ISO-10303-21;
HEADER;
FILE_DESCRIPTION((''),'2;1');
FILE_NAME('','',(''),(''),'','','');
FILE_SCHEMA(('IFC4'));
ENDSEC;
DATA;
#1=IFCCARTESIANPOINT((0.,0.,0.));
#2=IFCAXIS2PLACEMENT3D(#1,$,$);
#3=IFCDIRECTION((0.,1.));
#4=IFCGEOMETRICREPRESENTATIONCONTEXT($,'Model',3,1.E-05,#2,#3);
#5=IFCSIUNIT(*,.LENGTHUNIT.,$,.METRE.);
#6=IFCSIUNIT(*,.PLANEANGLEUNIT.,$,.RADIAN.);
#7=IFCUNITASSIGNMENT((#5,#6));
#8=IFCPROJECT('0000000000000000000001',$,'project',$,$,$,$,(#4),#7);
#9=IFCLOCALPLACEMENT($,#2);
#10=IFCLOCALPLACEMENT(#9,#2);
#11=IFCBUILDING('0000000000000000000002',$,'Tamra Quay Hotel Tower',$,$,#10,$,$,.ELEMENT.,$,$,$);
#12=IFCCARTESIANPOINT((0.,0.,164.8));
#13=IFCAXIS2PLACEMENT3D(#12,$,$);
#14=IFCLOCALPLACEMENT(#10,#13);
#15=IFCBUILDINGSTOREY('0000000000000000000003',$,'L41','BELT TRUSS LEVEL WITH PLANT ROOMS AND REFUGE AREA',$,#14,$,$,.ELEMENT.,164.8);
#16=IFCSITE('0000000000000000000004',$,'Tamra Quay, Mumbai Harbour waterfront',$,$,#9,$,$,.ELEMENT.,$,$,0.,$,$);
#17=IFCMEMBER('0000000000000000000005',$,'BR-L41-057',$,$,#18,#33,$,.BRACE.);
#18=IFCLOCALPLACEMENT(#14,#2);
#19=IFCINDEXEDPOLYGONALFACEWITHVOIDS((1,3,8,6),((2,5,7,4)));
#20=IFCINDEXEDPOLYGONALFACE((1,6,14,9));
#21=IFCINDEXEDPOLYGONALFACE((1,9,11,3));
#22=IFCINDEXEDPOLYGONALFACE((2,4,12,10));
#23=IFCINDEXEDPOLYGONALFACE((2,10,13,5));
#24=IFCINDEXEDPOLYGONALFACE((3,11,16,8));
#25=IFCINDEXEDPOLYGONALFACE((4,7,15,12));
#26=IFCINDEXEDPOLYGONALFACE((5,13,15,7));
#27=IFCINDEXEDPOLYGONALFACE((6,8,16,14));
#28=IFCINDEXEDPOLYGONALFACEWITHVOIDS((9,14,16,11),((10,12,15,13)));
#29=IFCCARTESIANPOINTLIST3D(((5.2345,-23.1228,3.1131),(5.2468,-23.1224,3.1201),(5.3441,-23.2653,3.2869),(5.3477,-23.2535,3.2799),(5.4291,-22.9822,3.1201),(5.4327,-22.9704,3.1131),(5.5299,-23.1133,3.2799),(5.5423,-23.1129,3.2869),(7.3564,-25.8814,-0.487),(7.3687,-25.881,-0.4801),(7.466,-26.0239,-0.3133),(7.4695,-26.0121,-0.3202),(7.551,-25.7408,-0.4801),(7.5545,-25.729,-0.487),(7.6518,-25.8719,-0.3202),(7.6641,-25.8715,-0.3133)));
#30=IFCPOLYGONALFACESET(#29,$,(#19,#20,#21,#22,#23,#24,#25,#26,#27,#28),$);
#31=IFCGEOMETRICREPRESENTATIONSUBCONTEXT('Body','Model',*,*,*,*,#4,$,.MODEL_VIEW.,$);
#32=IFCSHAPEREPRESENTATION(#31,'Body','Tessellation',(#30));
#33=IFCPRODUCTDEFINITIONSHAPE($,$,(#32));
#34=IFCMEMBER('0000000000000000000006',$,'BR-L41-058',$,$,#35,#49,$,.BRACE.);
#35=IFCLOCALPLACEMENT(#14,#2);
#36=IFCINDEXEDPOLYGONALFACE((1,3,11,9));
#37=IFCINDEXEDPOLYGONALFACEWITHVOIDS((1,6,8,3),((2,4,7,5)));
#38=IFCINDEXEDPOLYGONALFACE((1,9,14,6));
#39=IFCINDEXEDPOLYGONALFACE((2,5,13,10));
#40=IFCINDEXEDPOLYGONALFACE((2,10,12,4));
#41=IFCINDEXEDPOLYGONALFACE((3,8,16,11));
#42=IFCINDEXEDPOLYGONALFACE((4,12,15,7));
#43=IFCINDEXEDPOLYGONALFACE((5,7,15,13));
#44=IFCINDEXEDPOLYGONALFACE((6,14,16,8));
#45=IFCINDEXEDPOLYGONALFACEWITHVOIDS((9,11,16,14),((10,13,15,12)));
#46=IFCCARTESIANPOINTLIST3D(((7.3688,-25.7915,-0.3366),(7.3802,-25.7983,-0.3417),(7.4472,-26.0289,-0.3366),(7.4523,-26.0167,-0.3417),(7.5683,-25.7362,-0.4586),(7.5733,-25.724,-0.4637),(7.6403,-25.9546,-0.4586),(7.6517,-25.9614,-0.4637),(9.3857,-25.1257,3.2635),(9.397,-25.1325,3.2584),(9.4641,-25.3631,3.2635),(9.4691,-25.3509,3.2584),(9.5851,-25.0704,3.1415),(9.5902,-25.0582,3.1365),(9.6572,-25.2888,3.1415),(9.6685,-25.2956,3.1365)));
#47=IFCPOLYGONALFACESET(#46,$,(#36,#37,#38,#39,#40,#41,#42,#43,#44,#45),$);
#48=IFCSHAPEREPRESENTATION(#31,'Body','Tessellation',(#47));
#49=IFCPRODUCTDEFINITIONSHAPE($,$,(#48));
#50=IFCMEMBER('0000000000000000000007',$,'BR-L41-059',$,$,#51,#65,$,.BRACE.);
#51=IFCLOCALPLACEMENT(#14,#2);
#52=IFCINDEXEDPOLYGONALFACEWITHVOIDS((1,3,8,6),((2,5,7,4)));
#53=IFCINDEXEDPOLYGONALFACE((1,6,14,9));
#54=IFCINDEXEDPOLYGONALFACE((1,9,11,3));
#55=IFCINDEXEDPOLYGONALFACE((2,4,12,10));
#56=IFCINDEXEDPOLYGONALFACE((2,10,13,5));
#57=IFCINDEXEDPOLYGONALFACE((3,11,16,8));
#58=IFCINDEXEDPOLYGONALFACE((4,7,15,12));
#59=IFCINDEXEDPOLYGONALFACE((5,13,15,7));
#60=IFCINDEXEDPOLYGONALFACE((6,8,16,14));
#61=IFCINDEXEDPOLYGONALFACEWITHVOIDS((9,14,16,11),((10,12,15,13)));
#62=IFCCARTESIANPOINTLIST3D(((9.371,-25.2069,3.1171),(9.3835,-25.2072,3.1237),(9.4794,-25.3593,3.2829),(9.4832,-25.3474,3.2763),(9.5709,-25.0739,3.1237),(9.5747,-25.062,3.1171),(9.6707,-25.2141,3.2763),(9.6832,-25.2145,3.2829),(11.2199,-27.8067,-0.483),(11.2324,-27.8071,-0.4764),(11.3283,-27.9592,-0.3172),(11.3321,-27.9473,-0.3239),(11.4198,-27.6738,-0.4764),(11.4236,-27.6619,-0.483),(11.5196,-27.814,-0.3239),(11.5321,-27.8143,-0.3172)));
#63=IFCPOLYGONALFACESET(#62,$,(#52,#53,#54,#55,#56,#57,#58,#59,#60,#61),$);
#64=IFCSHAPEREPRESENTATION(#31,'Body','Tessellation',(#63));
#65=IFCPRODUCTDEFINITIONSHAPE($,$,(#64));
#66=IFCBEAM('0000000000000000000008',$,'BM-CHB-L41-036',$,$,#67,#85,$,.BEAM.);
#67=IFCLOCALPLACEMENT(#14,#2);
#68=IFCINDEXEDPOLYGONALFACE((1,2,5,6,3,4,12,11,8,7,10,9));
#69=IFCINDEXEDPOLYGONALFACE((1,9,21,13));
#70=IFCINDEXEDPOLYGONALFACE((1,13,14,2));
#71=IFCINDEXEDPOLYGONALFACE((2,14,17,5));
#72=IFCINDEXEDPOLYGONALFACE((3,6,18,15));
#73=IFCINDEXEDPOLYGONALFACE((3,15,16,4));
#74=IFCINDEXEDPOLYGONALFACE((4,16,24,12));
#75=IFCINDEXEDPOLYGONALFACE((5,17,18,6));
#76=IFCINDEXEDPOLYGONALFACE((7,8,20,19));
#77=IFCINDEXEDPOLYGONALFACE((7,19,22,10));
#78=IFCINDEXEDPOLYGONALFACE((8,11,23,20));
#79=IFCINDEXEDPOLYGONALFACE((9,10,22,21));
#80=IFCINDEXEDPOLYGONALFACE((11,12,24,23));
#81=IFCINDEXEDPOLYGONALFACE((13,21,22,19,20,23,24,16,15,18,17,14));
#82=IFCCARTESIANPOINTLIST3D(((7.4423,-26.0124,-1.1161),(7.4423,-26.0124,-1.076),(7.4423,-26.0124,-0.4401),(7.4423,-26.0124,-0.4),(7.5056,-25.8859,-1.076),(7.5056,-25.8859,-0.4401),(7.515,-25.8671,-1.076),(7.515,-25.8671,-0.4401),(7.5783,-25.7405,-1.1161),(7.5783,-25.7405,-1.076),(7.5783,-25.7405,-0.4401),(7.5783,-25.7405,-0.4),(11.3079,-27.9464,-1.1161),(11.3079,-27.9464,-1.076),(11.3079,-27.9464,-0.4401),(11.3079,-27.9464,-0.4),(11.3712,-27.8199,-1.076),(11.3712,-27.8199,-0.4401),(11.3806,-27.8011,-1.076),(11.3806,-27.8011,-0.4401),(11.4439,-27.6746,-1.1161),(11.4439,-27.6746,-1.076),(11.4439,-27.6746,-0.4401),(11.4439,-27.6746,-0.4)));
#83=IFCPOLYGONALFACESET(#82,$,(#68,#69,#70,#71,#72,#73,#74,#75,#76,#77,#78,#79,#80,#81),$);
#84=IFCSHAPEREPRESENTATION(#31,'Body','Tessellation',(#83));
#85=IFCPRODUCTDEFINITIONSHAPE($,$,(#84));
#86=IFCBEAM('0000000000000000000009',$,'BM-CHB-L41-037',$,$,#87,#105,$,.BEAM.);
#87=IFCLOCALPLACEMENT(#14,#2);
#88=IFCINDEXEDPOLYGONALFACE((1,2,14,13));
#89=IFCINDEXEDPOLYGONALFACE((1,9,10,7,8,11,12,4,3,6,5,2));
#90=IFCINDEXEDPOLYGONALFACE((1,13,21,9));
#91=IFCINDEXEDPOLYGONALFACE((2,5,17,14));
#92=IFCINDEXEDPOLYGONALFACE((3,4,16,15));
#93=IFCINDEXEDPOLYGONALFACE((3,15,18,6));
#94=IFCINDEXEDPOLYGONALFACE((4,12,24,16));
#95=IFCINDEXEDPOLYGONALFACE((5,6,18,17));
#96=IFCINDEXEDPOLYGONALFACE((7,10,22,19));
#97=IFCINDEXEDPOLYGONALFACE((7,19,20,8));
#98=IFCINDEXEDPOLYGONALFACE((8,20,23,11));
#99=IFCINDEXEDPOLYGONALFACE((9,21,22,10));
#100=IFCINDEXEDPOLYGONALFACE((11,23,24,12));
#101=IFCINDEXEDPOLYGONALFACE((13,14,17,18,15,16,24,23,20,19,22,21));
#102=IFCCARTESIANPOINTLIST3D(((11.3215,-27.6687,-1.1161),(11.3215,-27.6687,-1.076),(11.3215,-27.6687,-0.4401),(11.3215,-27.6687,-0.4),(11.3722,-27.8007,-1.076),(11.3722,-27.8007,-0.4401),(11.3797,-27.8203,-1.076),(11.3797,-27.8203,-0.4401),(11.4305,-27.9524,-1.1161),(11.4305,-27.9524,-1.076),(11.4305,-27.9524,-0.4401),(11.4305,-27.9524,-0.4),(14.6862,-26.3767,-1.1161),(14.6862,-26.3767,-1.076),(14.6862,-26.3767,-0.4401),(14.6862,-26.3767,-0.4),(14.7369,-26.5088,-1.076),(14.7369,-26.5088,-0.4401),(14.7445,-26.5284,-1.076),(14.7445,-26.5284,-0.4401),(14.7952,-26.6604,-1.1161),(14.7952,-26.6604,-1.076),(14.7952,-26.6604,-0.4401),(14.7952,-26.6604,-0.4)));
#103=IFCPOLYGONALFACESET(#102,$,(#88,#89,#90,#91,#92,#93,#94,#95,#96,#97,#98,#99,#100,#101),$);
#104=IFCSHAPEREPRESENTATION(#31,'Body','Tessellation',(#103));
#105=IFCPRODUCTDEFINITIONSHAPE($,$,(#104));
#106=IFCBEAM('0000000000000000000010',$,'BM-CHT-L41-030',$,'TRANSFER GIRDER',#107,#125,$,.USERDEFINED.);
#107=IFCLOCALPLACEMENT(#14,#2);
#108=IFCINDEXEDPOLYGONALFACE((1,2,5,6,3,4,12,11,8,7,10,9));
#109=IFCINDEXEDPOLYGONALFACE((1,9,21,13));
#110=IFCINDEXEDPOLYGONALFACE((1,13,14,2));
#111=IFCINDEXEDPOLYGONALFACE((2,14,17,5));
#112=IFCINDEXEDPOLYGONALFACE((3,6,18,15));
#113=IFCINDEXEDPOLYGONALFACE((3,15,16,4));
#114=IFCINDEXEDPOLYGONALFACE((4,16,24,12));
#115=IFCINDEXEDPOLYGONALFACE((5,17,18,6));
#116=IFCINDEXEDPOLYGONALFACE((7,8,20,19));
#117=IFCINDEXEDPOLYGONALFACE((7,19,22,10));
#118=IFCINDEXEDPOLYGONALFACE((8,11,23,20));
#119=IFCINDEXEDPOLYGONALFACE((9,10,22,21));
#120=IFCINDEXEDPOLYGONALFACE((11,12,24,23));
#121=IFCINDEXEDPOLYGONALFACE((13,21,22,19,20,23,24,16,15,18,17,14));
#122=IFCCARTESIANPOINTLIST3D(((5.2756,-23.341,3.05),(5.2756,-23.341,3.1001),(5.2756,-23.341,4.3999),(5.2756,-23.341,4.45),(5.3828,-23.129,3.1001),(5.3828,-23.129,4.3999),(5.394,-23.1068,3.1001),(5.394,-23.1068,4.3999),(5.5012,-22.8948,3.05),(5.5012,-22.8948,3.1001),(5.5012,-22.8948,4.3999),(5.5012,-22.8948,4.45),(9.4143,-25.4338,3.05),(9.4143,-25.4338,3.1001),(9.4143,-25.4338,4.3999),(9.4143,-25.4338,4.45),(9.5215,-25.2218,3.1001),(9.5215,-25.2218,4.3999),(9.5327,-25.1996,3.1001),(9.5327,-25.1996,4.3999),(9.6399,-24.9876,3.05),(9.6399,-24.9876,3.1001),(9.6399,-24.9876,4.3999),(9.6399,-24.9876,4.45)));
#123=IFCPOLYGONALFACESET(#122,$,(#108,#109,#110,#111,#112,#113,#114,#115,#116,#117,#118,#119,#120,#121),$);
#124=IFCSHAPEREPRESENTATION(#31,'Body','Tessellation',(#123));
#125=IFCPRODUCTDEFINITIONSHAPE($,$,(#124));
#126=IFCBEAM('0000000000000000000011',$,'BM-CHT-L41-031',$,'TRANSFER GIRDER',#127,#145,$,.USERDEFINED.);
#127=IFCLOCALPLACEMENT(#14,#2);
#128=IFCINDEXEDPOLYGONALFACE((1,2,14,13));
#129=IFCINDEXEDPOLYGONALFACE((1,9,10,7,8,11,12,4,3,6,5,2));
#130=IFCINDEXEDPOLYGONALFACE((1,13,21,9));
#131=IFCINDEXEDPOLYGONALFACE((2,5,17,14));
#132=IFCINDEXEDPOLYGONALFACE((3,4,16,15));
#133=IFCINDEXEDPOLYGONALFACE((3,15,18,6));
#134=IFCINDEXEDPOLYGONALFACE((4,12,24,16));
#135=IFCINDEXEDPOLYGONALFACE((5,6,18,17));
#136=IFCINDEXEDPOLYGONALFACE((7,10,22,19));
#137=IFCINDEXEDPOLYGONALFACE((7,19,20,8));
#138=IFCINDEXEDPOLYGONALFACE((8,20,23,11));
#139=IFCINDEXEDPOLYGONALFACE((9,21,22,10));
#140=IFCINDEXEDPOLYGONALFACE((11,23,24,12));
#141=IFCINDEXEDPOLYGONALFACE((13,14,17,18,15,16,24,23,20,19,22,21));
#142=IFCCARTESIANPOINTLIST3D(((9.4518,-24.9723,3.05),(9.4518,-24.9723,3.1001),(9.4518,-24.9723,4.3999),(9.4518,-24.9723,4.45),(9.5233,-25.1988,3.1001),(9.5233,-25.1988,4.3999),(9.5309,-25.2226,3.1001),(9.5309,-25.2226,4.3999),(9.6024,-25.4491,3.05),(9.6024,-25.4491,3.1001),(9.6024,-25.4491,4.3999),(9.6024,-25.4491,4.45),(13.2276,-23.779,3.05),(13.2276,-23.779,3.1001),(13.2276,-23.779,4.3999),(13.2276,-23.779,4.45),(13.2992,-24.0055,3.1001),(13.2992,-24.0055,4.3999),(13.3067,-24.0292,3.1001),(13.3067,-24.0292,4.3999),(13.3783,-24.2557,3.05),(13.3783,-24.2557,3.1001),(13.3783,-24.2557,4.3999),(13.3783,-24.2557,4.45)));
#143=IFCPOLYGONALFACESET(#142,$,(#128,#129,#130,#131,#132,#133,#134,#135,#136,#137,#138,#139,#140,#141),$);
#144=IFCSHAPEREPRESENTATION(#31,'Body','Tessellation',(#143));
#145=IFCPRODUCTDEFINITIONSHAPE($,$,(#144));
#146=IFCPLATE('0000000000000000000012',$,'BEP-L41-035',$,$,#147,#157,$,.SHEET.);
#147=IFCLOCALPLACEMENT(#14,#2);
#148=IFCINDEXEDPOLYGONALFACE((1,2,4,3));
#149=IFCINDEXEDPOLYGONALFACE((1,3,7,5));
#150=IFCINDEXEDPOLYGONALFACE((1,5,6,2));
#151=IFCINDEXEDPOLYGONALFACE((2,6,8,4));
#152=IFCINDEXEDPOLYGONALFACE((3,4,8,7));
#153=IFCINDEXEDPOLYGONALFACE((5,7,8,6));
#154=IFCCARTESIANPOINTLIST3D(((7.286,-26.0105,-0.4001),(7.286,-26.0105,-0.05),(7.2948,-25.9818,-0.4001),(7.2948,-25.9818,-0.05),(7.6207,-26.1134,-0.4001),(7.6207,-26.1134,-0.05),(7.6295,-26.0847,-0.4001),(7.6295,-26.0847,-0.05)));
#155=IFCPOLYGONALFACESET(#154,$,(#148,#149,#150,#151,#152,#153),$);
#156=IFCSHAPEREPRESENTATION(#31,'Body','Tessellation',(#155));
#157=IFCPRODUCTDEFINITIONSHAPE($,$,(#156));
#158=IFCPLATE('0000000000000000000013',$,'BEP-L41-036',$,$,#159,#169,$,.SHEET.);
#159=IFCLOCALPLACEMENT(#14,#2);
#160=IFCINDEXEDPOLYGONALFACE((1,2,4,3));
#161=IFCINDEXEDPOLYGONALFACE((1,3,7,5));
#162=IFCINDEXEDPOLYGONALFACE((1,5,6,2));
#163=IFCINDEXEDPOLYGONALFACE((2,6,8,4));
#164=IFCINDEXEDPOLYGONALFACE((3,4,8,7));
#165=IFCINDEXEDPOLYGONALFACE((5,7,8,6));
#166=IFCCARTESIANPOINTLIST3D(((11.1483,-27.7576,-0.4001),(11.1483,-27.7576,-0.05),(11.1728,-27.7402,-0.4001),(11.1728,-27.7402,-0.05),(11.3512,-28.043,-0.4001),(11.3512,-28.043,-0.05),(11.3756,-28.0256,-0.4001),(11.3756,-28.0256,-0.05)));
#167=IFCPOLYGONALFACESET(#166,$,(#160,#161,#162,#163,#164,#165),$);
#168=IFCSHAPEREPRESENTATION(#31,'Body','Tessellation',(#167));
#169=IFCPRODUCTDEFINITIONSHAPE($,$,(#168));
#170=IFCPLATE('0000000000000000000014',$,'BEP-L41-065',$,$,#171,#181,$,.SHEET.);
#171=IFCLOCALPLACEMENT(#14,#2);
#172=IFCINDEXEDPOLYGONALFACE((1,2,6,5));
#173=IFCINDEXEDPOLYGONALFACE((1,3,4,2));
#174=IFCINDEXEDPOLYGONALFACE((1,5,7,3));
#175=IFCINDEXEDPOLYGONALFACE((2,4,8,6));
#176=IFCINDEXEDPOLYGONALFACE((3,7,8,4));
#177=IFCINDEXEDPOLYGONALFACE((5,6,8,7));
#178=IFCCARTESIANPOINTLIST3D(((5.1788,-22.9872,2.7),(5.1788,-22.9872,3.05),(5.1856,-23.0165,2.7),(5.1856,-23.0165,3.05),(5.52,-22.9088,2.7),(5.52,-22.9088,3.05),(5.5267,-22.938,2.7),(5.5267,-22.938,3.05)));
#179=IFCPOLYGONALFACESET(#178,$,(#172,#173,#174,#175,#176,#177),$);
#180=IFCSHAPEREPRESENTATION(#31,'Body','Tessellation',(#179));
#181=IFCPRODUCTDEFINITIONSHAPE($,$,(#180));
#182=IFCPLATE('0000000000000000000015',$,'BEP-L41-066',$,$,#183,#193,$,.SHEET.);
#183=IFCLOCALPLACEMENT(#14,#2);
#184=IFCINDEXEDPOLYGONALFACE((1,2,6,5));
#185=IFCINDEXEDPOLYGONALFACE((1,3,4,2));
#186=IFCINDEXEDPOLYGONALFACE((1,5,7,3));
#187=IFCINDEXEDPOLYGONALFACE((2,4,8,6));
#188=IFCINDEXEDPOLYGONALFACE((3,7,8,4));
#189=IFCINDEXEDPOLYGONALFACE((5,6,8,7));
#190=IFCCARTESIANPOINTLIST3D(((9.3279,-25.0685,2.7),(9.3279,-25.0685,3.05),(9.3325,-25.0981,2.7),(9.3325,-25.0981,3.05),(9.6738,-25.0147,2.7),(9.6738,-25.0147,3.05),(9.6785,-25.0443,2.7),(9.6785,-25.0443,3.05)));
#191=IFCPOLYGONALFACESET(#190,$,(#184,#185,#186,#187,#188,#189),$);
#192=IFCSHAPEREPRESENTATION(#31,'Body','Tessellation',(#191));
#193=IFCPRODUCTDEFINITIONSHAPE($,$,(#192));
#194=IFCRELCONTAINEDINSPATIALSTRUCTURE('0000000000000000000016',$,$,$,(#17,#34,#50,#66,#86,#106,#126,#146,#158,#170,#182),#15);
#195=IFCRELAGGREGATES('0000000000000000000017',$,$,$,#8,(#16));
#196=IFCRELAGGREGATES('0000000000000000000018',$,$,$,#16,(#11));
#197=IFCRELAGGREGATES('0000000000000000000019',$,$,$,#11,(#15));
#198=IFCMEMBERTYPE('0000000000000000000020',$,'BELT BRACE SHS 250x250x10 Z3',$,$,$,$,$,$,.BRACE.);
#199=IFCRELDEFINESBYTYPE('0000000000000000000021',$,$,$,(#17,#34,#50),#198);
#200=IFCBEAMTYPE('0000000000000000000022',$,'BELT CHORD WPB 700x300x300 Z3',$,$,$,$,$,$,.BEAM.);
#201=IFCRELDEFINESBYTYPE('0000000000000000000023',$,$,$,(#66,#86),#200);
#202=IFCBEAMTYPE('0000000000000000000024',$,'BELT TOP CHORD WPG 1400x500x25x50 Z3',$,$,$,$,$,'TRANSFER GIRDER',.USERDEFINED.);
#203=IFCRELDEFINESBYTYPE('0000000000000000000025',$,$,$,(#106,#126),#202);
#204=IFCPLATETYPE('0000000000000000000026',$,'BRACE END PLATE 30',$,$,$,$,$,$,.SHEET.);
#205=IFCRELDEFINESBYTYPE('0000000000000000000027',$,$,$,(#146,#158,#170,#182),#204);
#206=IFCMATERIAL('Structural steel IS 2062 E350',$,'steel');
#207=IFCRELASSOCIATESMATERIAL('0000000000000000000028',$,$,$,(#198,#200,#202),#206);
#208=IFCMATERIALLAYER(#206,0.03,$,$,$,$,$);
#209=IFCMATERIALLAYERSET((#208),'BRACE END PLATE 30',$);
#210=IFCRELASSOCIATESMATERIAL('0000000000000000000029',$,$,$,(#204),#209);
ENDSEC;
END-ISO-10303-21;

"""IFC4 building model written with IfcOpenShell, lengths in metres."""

from ifc_helpers import new_model, si_unit, direction, frame, origin, origin_2d, place, context, subcontext, project, spatial, rectangle, hollow_rectangle, i_section, extrude, material, layer, layer_set, material_profile, profile_set, type_object, element, save


model = new_model("IFC4")

# Units and contexts
model_context = context("Model", 3, precision=1e-05, world=origin(), true_north=direction((0.0, 1.0)))
body_context = subcontext(model_context, "Body", "Model", "MODEL_VIEW")
ifc_project = project(units=[si_unit("LENGTHUNIT", "METRE"), si_unit("PLANEANGLEUNIT", "RADIAN")], contexts=[model_context])

# Site, building, storey
site_placement = place(None, origin())
site = spatial("IfcSite", under=ifc_project, at=site_placement, Name="Tamra Quay, Mumbai Harbour waterfront", CompositionType="ELEMENT", RefElevation=0.0)
building_placement = place(site_placement, origin())
building = spatial("IfcBuilding", under=site, at=building_placement, Name="Tamra Quay Hotel Tower", CompositionType="ELEMENT")
storey_placement = place(building_placement, frame((0.0, 0.0, 164.8)))
storey = spatial("IfcBuildingStorey", under=building, at=storey_placement, Name="L41", Description="BELT TRUSS LEVEL WITH PLANT ROOMS AND REFUGE AREA", CompositionType="ELEMENT", Elevation=164.8)

# Members
ifc_material_1 = material(Name="Structural steel IS 2062 E350", Category="steel")
ifc_material_profile_1 = material_profile(ifc_material_1, hollow_rectangle(XDim=0.25, YDim=0.25, WallThickness=0.01, at=origin_2d()), Name="SHS 250x250x10")
ifc_profile_set_1 = profile_set([ifc_material_profile_1], Name="Structural steel IS 2062 E350")
member_type = type_object("IfcMemberType", Name="BELT BRACE SHS 250x250x10 Z3", PredefinedType="BRACE", material=ifc_profile_set_1)
member_1_placement = place(storey_placement, frame((7.5103, -25.8765, -0.4001), z_axis=(-0.423752, 0.550912, 0.718979), x_axis=(-0.792642, -0.609687, 0.0)))
element("IfcMember", 1, at=member_1_placement, inside=storey, type_object=member_type, Name="BR-L41-057", PredefinedType="BRACE", context=body_context, shape_type="SweptSolid", body=[
    extrude(hollow_rectangle(XDim=0.25, YDim=0.25, WallThickness=0.01, at=origin_2d()), origin(), (0.0, 0.0, 1.0), 5.0073),
])
member_2_placement = place(storey_placement, frame((7.5103, -25.8765, -0.4001), z_axis=(0.48251, 0.159279, 0.861287), x_axis=(-0.313468, 0.949599, 0.0)))
element("IfcMember", 2, at=member_2_placement, inside=storey, type_object=member_type, Name="BR-L41-058", PredefinedType="BRACE", context=body_context, shape_type="SweptSolid", body=[
    extrude(hollow_rectangle(XDim=0.25, YDim=0.25, WallThickness=0.01, at=origin_2d()), origin(), (0.0, 0.0, 1.0), 4.1799),
])
member_3_placement = place(storey_placement, frame((11.376, -27.8105, -0.4001), z_axis=(-0.384364, 0.540485, 0.748426), x_axis=(-0.814942, -0.579543, 0.0)))
element("IfcMember", 3, at=member_3_placement, inside=storey, type_object=member_type, Name="BR-L41-059", PredefinedType="BRACE", context=body_context, shape_type="SweptSolid", body=[
    extrude(hollow_rectangle(XDim=0.25, YDim=0.25, WallThickness=0.01, at=origin_2d()), origin(), (0.0, 0.0, 1.0), 4.8103),
])

# Beams
ifc_material_profile_2 = material_profile(ifc_material_1, i_section(OverallWidth=0.304, OverallDepth=0.7161, WebThickness=0.021, FlangeThickness=0.04, at=origin_2d()), Name="WPB 700x300x300")
ifc_profile_set_2 = profile_set([ifc_material_profile_2], Name="Structural steel IS 2062 E350")
beam_type_1 = type_object("IfcBeamType", Name="BELT CHORD WPB 700x300x300 Z3", PredefinedType="BEAM", material=ifc_profile_set_2)
beam_1_placement = place(storey_placement, frame((7.5103, -25.8765, -0.7581), z_axis=(0.894314, -0.44744, 0.0), x_axis=(0.44744, 0.894314, 0.0)))
element("IfcBeam", 4, at=beam_1_placement, inside=storey, type_object=beam_type_1, Name="BM-CHB-L41-036", PredefinedType="BEAM", context=body_context, shape_type="SweptSolid", body=[
    extrude(i_section(OverallWidth=0.304, OverallDepth=0.7161, WebThickness=0.021, FlangeThickness=0.04, at=origin_2d()), origin(), (0.0, 0.0, 1.0), 4.3225),
])
beam_2_placement = place(storey_placement, frame((11.376, -27.8105, -0.7581), z_axis=(0.933544, 0.358462, 0.0), x_axis=(-0.358462, 0.933544, 0.0)))
element("IfcBeam", 5, at=beam_2_placement, inside=storey, type_object=beam_type_1, Name="BM-CHB-L41-037", PredefinedType="BEAM", context=body_context, shape_type="SweptSolid", body=[
    extrude(i_section(OverallWidth=0.304, OverallDepth=0.7161, WebThickness=0.021, FlangeThickness=0.04, at=origin_2d()), origin(), (0.0, 0.0, 1.0), 3.6042),
])
ifc_material_profile_3 = material_profile(ifc_material_1, i_section(OverallWidth=0.5, OverallDepth=1.3999, WebThickness=0.0249, FlangeThickness=0.05, at=origin_2d()), Name="WPG 1400x500x25x50")
ifc_profile_set_3 = profile_set([ifc_material_profile_3], Name="Structural steel IS 2062 E350")
beam_type_2 = type_object("IfcBeamType", Name="BELT TOP CHORD WPG 1400x500x25x50 Z3", ElementType="TRANSFER GIRDER", PredefinedType="USERDEFINED", material=ifc_profile_set_3)
beam_3_placement = place(storey_placement, frame((5.3884, -23.1179, 3.75), z_axis=(0.892397, -0.451252, 0.0), x_axis=(0.451252, 0.892397, 0.0)))
element("IfcBeam", 6, at=beam_3_placement, inside=storey, type_object=beam_type_2, Name="BM-CHT-L41-030", ObjectType="TRANSFER GIRDER", PredefinedType="USERDEFINED", context=body_context, shape_type="SweptSolid", body=[
    extrude(i_section(OverallWidth=0.5, OverallDepth=1.3999, WebThickness=0.0249, FlangeThickness=0.05, at=origin_2d()), origin(), (0.0, 0.0, 1.0), 4.6377),
])
beam_4_placement = place(storey_placement, frame((9.5271, -25.2107, 3.75), z_axis=(0.953512, 0.301356, 0.0), x_axis=(-0.301356, 0.953512, 0.0)))
element("IfcBeam", 7, at=beam_4_placement, inside=storey, type_object=beam_type_2, Name="BM-CHT-L41-031", ObjectType="TRANSFER GIRDER", PredefinedType="USERDEFINED", context=body_context, shape_type="SweptSolid", body=[
    extrude(i_section(OverallWidth=0.5, OverallDepth=1.3999, WebThickness=0.0249, FlangeThickness=0.05, at=origin_2d()), origin(), (0.0, 0.0, 1.0), 3.96),
])

# Plates
ifc_layer_1 = layer(ifc_material_1, 0.03)
ifc_layer_set_1 = layer_set([ifc_layer_1], Name="BRACE END PLATE 30")
plate_type = type_object("IfcPlateType", Name="BRACE END PLATE 30", PredefinedType="SHEET", material=ifc_layer_set_1)
for number, where, z_axis, x_axis, name in (
    (8, (7.4578, -26.0476, -0.4001), (0.0, 0.0, 1.0), (0.293733, 0.955887, 0.0), "BEP-L41-035"),
    (9, (11.262, -27.8916, -0.4001), (0.0, 0.0, 1.0), (0.814968, 0.579506, 0.0), "BEP-L41-036"),
    (10, (5.3528, -22.9626, 2.7), (0.0, 0.0, 1.0), (-0.224143, 0.974556, 0.0), "BEP-L41-065"),
    (11, (9.5032, -25.0564, 2.7), (0.0, 0.0, 1.0), (-0.153714, 0.988115, 0.0), "BEP-L41-066"),
):
    element("IfcPlate", number, at=place(storey_placement, frame(where, z_axis=z_axis, x_axis=x_axis)), inside=storey, type_object=plate_type, Name=name, PredefinedType="SHEET", context=body_context, shape_type="SweptSolid", body=[
        extrude(rectangle(XDim=0.03, YDim=0.3501, at=origin_2d()), origin(), (0.0, 0.0, 1.0), 0.3501),
    ])

save(model, "model.ifc")
